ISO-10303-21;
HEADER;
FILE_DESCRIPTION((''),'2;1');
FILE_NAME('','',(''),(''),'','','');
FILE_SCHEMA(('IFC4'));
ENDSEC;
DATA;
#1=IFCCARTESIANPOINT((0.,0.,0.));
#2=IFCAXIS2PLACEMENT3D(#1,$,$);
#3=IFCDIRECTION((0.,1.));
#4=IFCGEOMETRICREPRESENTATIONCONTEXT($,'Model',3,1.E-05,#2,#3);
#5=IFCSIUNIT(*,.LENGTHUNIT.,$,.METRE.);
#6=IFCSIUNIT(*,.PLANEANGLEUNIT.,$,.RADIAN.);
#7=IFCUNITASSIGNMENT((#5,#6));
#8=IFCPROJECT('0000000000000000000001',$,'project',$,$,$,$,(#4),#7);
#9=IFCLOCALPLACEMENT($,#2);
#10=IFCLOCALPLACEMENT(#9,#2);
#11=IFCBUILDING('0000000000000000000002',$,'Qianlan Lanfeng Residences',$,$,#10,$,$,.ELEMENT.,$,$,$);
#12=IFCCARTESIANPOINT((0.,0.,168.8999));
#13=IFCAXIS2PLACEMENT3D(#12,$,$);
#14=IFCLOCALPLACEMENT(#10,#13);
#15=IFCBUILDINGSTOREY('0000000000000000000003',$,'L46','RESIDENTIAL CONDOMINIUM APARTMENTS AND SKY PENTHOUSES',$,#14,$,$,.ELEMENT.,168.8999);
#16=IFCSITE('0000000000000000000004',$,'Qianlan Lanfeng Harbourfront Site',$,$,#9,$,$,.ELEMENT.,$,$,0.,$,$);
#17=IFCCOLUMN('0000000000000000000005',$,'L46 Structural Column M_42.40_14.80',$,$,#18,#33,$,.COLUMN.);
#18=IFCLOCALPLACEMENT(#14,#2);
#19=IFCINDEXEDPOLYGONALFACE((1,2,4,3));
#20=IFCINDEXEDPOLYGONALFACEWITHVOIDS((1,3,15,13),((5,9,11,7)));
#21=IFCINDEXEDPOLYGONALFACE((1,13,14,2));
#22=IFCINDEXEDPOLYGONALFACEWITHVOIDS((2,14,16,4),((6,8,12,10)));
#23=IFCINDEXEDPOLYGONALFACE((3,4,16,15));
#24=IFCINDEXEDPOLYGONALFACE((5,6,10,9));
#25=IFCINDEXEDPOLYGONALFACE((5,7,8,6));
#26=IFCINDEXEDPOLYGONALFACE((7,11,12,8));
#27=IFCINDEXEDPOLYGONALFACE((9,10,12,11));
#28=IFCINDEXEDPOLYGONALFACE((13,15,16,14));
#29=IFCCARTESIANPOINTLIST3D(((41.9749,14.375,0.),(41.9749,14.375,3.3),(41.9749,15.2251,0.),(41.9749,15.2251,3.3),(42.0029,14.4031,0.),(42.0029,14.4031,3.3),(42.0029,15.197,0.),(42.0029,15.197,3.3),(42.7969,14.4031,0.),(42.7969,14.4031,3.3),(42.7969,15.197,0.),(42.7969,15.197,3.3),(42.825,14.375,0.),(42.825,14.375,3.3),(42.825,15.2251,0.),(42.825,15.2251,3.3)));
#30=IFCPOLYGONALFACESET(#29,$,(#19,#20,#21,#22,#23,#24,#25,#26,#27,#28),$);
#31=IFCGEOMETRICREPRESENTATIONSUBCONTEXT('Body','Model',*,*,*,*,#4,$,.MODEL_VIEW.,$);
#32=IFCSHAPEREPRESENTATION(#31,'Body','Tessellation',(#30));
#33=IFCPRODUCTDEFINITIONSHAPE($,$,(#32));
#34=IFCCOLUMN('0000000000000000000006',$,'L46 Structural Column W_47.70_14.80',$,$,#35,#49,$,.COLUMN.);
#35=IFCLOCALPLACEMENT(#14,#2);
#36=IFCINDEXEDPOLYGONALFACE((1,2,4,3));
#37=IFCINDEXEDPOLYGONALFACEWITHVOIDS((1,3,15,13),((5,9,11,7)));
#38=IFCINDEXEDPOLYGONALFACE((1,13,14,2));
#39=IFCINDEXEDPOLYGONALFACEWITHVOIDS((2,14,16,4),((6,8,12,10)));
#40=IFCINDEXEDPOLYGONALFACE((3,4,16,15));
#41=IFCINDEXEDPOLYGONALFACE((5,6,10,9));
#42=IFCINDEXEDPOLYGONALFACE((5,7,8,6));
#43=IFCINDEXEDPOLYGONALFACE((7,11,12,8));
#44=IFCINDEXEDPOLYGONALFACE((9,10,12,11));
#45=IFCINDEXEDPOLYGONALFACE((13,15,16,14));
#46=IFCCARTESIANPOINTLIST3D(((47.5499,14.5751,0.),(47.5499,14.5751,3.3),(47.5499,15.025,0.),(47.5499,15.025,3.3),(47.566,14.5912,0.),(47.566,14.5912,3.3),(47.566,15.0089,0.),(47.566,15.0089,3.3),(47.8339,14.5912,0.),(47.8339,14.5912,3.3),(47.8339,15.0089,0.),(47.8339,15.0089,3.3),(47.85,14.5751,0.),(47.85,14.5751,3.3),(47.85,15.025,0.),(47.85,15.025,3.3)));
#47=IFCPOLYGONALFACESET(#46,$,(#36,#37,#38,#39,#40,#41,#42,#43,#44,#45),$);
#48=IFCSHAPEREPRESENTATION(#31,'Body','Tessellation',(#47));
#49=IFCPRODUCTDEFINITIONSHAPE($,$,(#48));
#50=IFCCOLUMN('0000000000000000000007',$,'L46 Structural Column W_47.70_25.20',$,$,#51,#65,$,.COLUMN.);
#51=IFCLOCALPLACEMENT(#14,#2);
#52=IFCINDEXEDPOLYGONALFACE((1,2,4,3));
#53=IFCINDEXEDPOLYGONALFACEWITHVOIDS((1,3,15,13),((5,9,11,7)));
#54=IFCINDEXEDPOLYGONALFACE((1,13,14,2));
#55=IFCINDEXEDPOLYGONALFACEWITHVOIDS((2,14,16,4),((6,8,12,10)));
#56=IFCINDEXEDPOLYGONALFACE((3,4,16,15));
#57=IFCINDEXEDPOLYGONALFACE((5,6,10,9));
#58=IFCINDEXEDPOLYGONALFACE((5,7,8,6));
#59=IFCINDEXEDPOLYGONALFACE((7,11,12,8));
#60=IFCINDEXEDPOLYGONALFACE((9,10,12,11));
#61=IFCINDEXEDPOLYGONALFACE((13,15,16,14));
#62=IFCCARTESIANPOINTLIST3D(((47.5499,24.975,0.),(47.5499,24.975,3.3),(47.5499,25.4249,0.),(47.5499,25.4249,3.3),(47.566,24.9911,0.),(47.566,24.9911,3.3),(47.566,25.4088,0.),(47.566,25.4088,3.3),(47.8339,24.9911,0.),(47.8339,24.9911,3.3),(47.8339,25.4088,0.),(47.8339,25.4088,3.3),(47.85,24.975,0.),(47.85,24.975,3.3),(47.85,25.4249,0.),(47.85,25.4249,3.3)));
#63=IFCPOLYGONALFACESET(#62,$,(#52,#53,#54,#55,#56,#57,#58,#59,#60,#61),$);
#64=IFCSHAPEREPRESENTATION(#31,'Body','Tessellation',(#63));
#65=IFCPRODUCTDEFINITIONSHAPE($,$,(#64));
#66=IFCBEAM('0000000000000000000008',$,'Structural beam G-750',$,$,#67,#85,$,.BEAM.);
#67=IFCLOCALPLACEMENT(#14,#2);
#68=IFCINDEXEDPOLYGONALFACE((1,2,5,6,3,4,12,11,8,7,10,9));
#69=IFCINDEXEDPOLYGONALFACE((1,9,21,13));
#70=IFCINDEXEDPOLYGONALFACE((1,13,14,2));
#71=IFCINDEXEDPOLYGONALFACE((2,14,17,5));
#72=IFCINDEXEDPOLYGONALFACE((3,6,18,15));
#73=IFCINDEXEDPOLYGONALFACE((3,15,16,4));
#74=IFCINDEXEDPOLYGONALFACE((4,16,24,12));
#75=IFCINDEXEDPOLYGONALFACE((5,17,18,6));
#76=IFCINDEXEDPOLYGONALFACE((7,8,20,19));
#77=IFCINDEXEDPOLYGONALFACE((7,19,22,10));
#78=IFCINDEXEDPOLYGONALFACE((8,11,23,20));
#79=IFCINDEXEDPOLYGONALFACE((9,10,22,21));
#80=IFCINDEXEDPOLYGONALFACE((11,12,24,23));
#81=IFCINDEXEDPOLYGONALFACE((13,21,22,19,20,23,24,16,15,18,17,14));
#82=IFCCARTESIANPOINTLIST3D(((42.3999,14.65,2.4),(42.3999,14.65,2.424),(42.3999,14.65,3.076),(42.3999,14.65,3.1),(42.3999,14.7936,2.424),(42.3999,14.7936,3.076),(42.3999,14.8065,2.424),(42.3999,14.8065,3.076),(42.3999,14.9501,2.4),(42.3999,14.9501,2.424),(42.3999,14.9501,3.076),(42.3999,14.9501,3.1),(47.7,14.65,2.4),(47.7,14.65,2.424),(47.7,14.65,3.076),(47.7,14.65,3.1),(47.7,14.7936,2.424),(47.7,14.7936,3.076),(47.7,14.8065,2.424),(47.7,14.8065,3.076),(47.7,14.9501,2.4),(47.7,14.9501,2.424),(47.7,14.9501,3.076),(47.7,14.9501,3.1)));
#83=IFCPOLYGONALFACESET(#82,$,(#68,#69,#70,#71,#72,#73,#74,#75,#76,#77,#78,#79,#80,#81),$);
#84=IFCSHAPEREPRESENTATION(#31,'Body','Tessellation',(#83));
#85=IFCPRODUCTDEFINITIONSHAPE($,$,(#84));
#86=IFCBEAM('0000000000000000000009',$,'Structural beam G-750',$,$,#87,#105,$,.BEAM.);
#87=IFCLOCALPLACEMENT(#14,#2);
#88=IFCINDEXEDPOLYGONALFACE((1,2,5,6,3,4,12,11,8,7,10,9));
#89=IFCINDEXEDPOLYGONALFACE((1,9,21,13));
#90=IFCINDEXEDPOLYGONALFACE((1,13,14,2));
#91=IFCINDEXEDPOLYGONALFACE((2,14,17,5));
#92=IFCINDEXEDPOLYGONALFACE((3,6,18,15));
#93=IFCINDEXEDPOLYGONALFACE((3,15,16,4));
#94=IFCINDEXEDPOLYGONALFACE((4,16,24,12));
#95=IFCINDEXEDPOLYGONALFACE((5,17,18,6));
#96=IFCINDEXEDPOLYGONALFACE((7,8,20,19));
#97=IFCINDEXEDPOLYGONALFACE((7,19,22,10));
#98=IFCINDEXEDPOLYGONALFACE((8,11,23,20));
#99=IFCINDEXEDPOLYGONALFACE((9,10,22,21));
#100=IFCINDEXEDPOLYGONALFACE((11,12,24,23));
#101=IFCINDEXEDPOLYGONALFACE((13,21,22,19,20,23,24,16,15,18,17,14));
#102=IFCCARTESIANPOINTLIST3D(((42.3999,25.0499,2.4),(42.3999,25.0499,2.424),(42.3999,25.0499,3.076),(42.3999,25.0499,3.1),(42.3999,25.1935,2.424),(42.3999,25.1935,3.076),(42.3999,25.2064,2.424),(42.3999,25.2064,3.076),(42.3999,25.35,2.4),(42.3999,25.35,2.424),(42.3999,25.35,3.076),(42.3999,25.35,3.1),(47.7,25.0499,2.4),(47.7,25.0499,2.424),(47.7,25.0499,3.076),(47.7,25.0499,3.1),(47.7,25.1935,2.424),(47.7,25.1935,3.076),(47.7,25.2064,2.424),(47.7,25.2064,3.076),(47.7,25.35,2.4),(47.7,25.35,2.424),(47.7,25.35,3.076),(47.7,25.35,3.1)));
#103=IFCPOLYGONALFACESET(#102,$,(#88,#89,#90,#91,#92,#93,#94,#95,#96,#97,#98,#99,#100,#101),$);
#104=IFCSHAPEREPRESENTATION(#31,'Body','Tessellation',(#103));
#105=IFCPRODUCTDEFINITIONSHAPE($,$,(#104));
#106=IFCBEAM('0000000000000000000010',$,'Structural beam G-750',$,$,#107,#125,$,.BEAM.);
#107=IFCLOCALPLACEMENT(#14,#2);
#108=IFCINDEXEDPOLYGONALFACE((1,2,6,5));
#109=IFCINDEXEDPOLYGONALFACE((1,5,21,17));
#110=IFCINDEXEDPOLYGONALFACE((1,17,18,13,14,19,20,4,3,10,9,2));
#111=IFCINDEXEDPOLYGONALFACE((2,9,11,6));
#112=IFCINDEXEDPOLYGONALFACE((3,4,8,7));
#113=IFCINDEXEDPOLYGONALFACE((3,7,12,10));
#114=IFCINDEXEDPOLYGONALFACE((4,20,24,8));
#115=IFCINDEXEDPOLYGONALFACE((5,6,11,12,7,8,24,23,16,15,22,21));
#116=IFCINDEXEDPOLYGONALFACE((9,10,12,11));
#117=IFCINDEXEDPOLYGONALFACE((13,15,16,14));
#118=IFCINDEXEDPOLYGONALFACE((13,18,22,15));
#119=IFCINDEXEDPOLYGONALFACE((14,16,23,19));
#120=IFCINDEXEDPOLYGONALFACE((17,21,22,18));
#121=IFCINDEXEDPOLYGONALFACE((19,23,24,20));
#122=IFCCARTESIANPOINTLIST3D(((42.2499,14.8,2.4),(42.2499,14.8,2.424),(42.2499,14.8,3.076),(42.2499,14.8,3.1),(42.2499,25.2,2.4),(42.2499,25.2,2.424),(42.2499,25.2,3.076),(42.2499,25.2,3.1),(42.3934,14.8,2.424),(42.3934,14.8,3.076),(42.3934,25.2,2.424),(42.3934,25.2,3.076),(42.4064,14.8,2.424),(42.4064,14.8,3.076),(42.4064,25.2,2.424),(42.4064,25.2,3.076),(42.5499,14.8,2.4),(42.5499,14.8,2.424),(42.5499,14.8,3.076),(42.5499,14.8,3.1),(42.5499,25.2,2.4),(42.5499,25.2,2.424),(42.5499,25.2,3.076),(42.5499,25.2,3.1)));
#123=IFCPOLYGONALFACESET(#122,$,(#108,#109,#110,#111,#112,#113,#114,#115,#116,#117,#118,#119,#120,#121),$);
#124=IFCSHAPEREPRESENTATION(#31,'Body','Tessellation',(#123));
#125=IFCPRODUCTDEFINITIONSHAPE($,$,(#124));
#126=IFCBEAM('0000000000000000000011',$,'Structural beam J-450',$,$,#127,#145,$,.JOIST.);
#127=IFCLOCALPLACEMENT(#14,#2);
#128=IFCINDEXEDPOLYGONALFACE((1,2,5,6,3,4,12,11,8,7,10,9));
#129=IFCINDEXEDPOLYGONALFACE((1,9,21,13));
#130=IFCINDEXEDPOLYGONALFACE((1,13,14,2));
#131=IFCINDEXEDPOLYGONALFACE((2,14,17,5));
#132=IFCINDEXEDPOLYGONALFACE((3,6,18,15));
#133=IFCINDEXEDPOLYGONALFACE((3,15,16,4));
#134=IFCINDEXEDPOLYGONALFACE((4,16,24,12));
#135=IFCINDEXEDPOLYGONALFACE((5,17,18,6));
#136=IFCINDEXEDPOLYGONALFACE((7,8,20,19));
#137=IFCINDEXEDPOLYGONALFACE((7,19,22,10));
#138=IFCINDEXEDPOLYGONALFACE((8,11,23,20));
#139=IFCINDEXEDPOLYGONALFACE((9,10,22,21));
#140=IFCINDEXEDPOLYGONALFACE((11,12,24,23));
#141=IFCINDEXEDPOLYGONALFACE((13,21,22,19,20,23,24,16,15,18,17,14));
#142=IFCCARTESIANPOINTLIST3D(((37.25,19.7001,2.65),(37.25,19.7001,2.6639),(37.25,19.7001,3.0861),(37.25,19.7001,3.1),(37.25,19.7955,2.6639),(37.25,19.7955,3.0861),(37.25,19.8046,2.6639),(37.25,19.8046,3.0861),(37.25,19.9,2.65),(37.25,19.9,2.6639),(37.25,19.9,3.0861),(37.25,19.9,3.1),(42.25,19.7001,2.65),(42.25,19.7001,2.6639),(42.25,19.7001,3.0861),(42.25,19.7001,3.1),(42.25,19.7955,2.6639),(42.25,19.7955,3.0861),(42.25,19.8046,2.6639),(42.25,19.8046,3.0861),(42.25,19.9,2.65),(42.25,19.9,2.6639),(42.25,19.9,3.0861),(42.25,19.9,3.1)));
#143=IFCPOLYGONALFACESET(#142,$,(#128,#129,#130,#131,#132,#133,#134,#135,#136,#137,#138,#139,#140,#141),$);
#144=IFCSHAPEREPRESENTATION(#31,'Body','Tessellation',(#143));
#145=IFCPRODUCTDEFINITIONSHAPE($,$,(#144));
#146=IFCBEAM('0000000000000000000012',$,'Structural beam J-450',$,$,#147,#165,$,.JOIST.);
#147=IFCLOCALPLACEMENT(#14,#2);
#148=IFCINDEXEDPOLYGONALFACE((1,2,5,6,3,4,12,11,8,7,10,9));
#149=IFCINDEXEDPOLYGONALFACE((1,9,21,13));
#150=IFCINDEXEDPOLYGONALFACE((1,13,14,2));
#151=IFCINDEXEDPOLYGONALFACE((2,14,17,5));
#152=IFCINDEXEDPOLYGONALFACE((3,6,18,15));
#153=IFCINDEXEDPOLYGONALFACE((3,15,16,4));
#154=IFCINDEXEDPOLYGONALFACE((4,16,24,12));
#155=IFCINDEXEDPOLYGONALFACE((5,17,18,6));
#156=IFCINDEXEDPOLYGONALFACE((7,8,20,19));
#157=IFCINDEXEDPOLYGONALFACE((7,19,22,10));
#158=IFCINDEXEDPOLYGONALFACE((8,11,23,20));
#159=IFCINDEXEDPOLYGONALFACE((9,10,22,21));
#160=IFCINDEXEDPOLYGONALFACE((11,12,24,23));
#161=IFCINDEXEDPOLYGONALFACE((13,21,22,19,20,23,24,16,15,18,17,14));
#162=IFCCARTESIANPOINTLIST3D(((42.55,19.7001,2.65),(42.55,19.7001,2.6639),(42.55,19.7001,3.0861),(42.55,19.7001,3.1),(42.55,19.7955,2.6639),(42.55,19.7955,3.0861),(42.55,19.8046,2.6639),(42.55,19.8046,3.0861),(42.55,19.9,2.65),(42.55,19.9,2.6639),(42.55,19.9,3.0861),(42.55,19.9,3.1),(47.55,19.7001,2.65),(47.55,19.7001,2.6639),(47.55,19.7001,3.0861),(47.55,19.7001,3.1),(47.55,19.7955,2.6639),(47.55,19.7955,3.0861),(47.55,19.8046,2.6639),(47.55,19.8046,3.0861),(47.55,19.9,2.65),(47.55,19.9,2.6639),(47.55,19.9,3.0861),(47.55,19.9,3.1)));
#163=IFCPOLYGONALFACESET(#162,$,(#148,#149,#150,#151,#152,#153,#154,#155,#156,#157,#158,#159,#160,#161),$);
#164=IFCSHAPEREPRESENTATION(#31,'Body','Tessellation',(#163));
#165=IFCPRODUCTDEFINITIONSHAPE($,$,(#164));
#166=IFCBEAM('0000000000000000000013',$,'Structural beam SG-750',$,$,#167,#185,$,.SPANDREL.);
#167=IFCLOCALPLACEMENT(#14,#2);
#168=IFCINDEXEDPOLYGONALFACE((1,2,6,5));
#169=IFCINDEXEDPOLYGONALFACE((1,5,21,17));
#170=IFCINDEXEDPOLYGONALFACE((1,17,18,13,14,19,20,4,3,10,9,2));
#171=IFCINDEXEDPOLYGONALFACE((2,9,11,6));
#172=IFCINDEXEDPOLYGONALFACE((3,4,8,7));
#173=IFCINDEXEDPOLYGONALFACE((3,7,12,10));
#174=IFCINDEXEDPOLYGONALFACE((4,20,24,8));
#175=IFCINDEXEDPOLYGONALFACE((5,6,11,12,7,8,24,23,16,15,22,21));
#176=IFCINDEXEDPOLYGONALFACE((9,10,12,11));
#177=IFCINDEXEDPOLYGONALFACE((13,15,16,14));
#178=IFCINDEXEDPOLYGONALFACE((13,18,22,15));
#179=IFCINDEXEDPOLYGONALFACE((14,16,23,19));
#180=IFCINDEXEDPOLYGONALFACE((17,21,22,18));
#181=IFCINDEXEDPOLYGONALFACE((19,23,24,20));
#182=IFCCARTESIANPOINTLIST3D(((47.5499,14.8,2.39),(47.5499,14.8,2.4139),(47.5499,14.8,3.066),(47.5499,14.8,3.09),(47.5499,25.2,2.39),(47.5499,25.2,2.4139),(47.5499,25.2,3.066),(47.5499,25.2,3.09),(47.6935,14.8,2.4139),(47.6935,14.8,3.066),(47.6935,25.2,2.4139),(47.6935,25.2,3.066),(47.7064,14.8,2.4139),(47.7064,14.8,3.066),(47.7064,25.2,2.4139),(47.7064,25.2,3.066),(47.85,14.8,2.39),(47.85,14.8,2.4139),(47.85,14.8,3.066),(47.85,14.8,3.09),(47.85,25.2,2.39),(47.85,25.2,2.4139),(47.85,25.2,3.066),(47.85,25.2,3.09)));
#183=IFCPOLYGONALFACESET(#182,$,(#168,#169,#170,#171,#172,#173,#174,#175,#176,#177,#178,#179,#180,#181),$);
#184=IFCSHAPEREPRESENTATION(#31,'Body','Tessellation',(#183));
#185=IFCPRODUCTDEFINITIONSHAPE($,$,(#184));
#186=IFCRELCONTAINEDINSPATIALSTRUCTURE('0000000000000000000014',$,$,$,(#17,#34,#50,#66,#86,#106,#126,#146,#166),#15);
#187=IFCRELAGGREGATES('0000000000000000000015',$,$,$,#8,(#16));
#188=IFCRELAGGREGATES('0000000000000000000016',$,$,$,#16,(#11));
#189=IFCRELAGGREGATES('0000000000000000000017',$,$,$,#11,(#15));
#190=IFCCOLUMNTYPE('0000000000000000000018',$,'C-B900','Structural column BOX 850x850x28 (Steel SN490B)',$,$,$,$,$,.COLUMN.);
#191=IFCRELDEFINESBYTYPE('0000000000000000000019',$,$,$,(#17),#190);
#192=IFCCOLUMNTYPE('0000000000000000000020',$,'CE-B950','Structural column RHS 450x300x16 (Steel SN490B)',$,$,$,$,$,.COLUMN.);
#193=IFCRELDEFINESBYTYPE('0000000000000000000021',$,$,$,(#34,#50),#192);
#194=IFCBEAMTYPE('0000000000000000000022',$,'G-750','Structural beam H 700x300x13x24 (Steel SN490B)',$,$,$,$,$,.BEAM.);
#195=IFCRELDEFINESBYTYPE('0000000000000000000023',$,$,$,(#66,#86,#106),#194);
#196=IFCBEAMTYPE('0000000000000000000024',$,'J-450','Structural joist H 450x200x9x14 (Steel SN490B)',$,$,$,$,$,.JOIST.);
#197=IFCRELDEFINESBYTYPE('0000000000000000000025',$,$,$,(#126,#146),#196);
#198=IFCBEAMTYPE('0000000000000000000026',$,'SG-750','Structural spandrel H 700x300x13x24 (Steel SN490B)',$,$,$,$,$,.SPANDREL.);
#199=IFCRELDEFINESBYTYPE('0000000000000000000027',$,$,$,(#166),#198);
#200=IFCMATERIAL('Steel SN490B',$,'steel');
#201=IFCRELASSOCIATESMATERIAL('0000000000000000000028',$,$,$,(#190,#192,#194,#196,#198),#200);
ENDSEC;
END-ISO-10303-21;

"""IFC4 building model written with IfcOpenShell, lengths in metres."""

from ifc_helpers import new_model, si_unit, direction, frame, origin, origin_2d, place, context, subcontext, project, spatial, hollow_rectangle, i_section, extrude, material, material_profile, profile_set, type_object, element, save


model = new_model("IFC4")

# Units and contexts
model_context = context("Model", 3, precision=1e-05, world=origin(), true_north=direction((0.0, 1.0)))
body_context = subcontext(model_context, "Body", "Model", "MODEL_VIEW")
ifc_project = project(units=[si_unit("LENGTHUNIT", "METRE"), si_unit("PLANEANGLEUNIT", "RADIAN")], contexts=[model_context])

# Site, building, storey
site_placement = place(None, origin())
site = spatial("IfcSite", under=ifc_project, at=site_placement, Name="Qianlan Lanfeng Harbourfront Site", CompositionType="ELEMENT", RefElevation=0.0)
building_placement = place(site_placement, origin())
building = spatial("IfcBuilding", under=site, at=building_placement, Name="Qianlan Lanfeng Residences", CompositionType="ELEMENT")
storey_placement = place(building_placement, frame((0.0, 0.0, 168.8999)))
storey = spatial("IfcBuildingStorey", under=building, at=storey_placement, Name="L46", Description="RESIDENTIAL CONDOMINIUM APARTMENTS AND SKY PENTHOUSES", CompositionType="ELEMENT", Elevation=168.8999)

# Columns
ifc_material_1 = material(Name="Steel SN490B", Category="steel")
ifc_material_profile_1 = material_profile(ifc_material_1, hollow_rectangle(XDim=0.8501, YDim=0.8501, WallThickness=0.0281, at=origin_2d()), Name="BOX 850x850x28")
ifc_profile_set_1 = profile_set([ifc_material_profile_1], Name="Steel SN490B")
column_type_1 = type_object("IfcColumnType", Name="C-B900", Description="Structural column BOX 850x850x28 (Steel SN490B)", PredefinedType="COLUMN", material=ifc_profile_set_1)
column_placement = place(storey_placement, frame((42.3999, 14.8, 0.0), z_axis=(0.0, 0.0, 1.0), x_axis=(1.0, 0.0, 0.0)))
element("IfcColumn", 1, at=column_placement, inside=storey, type_object=column_type_1, Name="L46 Structural Column M_42.40_14.80", PredefinedType="COLUMN", context=body_context, shape_type="SweptSolid", body=[
    extrude(hollow_rectangle(XDim=0.8501, YDim=0.8501, WallThickness=0.0281, at=origin_2d()), origin(), (0.0, 0.0, 1.0), 3.3),
])
ifc_material_profile_2 = material_profile(ifc_material_1, hollow_rectangle(XDim=0.3, YDim=0.45, WallThickness=0.0161, at=origin_2d()), Name="RHS 450x300x16")
ifc_profile_set_2 = profile_set([ifc_material_profile_2], Name="Steel SN490B")
column_type_2 = type_object("IfcColumnType", Name="CE-B950", Description="Structural column RHS 450x300x16 (Steel SN490B)", PredefinedType="COLUMN", material=ifc_profile_set_2)
for number, where, z_axis, x_axis, name in (
    (2, (47.7, 14.8, 0.0), (0.0, 0.0, 1.0), (1.0, 0.0, 0.0), "L46 Structural Column W_47.70_14.80"),
    (3, (47.7, 25.2, 0.0), (0.0, 0.0, 1.0), (1.0, 0.0, 0.0), "L46 Structural Column W_47.70_25.20"),
):
    element("IfcColumn", number, at=place(storey_placement, frame(where, z_axis=z_axis, x_axis=x_axis)), inside=storey, type_object=column_type_2, Name=name, PredefinedType="COLUMN", context=body_context, shape_type="SweptSolid", body=[
        extrude(hollow_rectangle(XDim=0.3, YDim=0.45, WallThickness=0.0161, at=origin_2d()), origin(), (0.0, 0.0, 1.0), 3.3),
    ])

# Beams
ifc_material_profile_3 = material_profile(ifc_material_1, i_section(OverallWidth=0.3, OverallDepth=0.7, WebThickness=0.0129, FlangeThickness=0.0239, at=origin_2d()), Name="H 700x300x13x24")
ifc_profile_set_3 = profile_set([ifc_material_profile_3], Name="Steel SN490B")
beam_type_1 = type_object("IfcBeamType", Name="G-750", Description="Structural beam H 700x300x13x24 (Steel SN490B)", PredefinedType="BEAM", material=ifc_profile_set_3)
for number, where, z_axis, x_axis, name in (
    (4, (42.3999, 14.8, 2.75), (1.0, 0.0, 0.0), (0.0, 1.0, 0.0), "Structural beam G-750"),
    (5, (42.3999, 25.2, 2.75), (1.0, 0.0, 0.0), (0.0, 1.0, 0.0), "Structural beam G-750"),
):
    element("IfcBeam", number, at=place(storey_placement, frame(where, z_axis=z_axis, x_axis=x_axis)), inside=storey, type_object=beam_type_1, Name=name, PredefinedType="BEAM", context=body_context, shape_type="SweptSolid", body=[
        extrude(i_section(OverallWidth=0.3, OverallDepth=0.7, WebThickness=0.0129, FlangeThickness=0.0239, at=origin_2d()), origin(), (0.0, 0.0, 1.0), 5.3),
    ])
beam_1_placement = place(storey_placement, frame((42.3999, 14.8, 2.75), z_axis=(0.0, 1.0, 0.0), x_axis=(-1.0, 0.0, 0.0)))
element("IfcBeam", 6, at=beam_1_placement, inside=storey, type_object=beam_type_1, Name="Structural beam G-750", PredefinedType="BEAM", context=body_context, shape_type="SweptSolid", body=[
    extrude(i_section(OverallWidth=0.3, OverallDepth=0.7, WebThickness=0.0129, FlangeThickness=0.0239, at=origin_2d()), origin(), (0.0, 0.0, 1.0), 10.3999),
])
ifc_material_profile_4 = material_profile(ifc_material_1, i_section(OverallWidth=0.2, OverallDepth=0.45, WebThickness=0.009, FlangeThickness=0.0139, at=origin_2d()), Name="H 450x200x9x14")
ifc_profile_set_4 = profile_set([ifc_material_profile_4], Name="Steel SN490B")
beam_type_2 = type_object("IfcBeamType", Name="J-450", Description="Structural joist H 450x200x9x14 (Steel SN490B)", PredefinedType="JOIST", material=ifc_profile_set_4)
for number, where, z_axis, x_axis, name in (
    (7, (37.25, 19.8, 2.875), (1.0, 0.0, 0.0), (0.0, 1.0, 0.0), "Structural beam J-450"),
    (8, (42.55, 19.8, 2.875), (1.0, 0.0, 0.0), (0.0, 1.0, 0.0), "Structural beam J-450"),
):
    element("IfcBeam", number, at=place(storey_placement, frame(where, z_axis=z_axis, x_axis=x_axis)), inside=storey, type_object=beam_type_2, Name=name, PredefinedType="JOIST", context=body_context, shape_type="SweptSolid", body=[
        extrude(i_section(OverallWidth=0.2, OverallDepth=0.45, WebThickness=0.009, FlangeThickness=0.0139, at=origin_2d()), origin(), (0.0, 0.0, 1.0), 5.0),
    ])
ifc_material_profile_5 = material_profile(ifc_material_1, i_section(OverallWidth=0.3, OverallDepth=0.7, WebThickness=0.0129, FlangeThickness=0.0239, at=origin_2d()), Name="H 700x300x13x24")
ifc_profile_set_5 = profile_set([ifc_material_profile_5], Name="Steel SN490B")
beam_type_3 = type_object("IfcBeamType", Name="SG-750", Description="Structural spandrel H 700x300x13x24 (Steel SN490B)", PredefinedType="SPANDREL", material=ifc_profile_set_5)
beam_2_placement = place(storey_placement, frame((47.7, 14.8, 2.74), z_axis=(0.0, 1.0, 0.0), x_axis=(-1.0, 0.0, 0.0)))
element("IfcBeam", 9, at=beam_2_placement, inside=storey, type_object=beam_type_3, Name="Structural beam SG-750", PredefinedType="SPANDREL", context=body_context, shape_type="SweptSolid", body=[
    extrude(i_section(OverallWidth=0.3, OverallDepth=0.7, WebThickness=0.0129, FlangeThickness=0.0239, at=origin_2d()), origin(), (0.0, 0.0, 1.0), 10.3999),
])

save(model, "model.ifc")
